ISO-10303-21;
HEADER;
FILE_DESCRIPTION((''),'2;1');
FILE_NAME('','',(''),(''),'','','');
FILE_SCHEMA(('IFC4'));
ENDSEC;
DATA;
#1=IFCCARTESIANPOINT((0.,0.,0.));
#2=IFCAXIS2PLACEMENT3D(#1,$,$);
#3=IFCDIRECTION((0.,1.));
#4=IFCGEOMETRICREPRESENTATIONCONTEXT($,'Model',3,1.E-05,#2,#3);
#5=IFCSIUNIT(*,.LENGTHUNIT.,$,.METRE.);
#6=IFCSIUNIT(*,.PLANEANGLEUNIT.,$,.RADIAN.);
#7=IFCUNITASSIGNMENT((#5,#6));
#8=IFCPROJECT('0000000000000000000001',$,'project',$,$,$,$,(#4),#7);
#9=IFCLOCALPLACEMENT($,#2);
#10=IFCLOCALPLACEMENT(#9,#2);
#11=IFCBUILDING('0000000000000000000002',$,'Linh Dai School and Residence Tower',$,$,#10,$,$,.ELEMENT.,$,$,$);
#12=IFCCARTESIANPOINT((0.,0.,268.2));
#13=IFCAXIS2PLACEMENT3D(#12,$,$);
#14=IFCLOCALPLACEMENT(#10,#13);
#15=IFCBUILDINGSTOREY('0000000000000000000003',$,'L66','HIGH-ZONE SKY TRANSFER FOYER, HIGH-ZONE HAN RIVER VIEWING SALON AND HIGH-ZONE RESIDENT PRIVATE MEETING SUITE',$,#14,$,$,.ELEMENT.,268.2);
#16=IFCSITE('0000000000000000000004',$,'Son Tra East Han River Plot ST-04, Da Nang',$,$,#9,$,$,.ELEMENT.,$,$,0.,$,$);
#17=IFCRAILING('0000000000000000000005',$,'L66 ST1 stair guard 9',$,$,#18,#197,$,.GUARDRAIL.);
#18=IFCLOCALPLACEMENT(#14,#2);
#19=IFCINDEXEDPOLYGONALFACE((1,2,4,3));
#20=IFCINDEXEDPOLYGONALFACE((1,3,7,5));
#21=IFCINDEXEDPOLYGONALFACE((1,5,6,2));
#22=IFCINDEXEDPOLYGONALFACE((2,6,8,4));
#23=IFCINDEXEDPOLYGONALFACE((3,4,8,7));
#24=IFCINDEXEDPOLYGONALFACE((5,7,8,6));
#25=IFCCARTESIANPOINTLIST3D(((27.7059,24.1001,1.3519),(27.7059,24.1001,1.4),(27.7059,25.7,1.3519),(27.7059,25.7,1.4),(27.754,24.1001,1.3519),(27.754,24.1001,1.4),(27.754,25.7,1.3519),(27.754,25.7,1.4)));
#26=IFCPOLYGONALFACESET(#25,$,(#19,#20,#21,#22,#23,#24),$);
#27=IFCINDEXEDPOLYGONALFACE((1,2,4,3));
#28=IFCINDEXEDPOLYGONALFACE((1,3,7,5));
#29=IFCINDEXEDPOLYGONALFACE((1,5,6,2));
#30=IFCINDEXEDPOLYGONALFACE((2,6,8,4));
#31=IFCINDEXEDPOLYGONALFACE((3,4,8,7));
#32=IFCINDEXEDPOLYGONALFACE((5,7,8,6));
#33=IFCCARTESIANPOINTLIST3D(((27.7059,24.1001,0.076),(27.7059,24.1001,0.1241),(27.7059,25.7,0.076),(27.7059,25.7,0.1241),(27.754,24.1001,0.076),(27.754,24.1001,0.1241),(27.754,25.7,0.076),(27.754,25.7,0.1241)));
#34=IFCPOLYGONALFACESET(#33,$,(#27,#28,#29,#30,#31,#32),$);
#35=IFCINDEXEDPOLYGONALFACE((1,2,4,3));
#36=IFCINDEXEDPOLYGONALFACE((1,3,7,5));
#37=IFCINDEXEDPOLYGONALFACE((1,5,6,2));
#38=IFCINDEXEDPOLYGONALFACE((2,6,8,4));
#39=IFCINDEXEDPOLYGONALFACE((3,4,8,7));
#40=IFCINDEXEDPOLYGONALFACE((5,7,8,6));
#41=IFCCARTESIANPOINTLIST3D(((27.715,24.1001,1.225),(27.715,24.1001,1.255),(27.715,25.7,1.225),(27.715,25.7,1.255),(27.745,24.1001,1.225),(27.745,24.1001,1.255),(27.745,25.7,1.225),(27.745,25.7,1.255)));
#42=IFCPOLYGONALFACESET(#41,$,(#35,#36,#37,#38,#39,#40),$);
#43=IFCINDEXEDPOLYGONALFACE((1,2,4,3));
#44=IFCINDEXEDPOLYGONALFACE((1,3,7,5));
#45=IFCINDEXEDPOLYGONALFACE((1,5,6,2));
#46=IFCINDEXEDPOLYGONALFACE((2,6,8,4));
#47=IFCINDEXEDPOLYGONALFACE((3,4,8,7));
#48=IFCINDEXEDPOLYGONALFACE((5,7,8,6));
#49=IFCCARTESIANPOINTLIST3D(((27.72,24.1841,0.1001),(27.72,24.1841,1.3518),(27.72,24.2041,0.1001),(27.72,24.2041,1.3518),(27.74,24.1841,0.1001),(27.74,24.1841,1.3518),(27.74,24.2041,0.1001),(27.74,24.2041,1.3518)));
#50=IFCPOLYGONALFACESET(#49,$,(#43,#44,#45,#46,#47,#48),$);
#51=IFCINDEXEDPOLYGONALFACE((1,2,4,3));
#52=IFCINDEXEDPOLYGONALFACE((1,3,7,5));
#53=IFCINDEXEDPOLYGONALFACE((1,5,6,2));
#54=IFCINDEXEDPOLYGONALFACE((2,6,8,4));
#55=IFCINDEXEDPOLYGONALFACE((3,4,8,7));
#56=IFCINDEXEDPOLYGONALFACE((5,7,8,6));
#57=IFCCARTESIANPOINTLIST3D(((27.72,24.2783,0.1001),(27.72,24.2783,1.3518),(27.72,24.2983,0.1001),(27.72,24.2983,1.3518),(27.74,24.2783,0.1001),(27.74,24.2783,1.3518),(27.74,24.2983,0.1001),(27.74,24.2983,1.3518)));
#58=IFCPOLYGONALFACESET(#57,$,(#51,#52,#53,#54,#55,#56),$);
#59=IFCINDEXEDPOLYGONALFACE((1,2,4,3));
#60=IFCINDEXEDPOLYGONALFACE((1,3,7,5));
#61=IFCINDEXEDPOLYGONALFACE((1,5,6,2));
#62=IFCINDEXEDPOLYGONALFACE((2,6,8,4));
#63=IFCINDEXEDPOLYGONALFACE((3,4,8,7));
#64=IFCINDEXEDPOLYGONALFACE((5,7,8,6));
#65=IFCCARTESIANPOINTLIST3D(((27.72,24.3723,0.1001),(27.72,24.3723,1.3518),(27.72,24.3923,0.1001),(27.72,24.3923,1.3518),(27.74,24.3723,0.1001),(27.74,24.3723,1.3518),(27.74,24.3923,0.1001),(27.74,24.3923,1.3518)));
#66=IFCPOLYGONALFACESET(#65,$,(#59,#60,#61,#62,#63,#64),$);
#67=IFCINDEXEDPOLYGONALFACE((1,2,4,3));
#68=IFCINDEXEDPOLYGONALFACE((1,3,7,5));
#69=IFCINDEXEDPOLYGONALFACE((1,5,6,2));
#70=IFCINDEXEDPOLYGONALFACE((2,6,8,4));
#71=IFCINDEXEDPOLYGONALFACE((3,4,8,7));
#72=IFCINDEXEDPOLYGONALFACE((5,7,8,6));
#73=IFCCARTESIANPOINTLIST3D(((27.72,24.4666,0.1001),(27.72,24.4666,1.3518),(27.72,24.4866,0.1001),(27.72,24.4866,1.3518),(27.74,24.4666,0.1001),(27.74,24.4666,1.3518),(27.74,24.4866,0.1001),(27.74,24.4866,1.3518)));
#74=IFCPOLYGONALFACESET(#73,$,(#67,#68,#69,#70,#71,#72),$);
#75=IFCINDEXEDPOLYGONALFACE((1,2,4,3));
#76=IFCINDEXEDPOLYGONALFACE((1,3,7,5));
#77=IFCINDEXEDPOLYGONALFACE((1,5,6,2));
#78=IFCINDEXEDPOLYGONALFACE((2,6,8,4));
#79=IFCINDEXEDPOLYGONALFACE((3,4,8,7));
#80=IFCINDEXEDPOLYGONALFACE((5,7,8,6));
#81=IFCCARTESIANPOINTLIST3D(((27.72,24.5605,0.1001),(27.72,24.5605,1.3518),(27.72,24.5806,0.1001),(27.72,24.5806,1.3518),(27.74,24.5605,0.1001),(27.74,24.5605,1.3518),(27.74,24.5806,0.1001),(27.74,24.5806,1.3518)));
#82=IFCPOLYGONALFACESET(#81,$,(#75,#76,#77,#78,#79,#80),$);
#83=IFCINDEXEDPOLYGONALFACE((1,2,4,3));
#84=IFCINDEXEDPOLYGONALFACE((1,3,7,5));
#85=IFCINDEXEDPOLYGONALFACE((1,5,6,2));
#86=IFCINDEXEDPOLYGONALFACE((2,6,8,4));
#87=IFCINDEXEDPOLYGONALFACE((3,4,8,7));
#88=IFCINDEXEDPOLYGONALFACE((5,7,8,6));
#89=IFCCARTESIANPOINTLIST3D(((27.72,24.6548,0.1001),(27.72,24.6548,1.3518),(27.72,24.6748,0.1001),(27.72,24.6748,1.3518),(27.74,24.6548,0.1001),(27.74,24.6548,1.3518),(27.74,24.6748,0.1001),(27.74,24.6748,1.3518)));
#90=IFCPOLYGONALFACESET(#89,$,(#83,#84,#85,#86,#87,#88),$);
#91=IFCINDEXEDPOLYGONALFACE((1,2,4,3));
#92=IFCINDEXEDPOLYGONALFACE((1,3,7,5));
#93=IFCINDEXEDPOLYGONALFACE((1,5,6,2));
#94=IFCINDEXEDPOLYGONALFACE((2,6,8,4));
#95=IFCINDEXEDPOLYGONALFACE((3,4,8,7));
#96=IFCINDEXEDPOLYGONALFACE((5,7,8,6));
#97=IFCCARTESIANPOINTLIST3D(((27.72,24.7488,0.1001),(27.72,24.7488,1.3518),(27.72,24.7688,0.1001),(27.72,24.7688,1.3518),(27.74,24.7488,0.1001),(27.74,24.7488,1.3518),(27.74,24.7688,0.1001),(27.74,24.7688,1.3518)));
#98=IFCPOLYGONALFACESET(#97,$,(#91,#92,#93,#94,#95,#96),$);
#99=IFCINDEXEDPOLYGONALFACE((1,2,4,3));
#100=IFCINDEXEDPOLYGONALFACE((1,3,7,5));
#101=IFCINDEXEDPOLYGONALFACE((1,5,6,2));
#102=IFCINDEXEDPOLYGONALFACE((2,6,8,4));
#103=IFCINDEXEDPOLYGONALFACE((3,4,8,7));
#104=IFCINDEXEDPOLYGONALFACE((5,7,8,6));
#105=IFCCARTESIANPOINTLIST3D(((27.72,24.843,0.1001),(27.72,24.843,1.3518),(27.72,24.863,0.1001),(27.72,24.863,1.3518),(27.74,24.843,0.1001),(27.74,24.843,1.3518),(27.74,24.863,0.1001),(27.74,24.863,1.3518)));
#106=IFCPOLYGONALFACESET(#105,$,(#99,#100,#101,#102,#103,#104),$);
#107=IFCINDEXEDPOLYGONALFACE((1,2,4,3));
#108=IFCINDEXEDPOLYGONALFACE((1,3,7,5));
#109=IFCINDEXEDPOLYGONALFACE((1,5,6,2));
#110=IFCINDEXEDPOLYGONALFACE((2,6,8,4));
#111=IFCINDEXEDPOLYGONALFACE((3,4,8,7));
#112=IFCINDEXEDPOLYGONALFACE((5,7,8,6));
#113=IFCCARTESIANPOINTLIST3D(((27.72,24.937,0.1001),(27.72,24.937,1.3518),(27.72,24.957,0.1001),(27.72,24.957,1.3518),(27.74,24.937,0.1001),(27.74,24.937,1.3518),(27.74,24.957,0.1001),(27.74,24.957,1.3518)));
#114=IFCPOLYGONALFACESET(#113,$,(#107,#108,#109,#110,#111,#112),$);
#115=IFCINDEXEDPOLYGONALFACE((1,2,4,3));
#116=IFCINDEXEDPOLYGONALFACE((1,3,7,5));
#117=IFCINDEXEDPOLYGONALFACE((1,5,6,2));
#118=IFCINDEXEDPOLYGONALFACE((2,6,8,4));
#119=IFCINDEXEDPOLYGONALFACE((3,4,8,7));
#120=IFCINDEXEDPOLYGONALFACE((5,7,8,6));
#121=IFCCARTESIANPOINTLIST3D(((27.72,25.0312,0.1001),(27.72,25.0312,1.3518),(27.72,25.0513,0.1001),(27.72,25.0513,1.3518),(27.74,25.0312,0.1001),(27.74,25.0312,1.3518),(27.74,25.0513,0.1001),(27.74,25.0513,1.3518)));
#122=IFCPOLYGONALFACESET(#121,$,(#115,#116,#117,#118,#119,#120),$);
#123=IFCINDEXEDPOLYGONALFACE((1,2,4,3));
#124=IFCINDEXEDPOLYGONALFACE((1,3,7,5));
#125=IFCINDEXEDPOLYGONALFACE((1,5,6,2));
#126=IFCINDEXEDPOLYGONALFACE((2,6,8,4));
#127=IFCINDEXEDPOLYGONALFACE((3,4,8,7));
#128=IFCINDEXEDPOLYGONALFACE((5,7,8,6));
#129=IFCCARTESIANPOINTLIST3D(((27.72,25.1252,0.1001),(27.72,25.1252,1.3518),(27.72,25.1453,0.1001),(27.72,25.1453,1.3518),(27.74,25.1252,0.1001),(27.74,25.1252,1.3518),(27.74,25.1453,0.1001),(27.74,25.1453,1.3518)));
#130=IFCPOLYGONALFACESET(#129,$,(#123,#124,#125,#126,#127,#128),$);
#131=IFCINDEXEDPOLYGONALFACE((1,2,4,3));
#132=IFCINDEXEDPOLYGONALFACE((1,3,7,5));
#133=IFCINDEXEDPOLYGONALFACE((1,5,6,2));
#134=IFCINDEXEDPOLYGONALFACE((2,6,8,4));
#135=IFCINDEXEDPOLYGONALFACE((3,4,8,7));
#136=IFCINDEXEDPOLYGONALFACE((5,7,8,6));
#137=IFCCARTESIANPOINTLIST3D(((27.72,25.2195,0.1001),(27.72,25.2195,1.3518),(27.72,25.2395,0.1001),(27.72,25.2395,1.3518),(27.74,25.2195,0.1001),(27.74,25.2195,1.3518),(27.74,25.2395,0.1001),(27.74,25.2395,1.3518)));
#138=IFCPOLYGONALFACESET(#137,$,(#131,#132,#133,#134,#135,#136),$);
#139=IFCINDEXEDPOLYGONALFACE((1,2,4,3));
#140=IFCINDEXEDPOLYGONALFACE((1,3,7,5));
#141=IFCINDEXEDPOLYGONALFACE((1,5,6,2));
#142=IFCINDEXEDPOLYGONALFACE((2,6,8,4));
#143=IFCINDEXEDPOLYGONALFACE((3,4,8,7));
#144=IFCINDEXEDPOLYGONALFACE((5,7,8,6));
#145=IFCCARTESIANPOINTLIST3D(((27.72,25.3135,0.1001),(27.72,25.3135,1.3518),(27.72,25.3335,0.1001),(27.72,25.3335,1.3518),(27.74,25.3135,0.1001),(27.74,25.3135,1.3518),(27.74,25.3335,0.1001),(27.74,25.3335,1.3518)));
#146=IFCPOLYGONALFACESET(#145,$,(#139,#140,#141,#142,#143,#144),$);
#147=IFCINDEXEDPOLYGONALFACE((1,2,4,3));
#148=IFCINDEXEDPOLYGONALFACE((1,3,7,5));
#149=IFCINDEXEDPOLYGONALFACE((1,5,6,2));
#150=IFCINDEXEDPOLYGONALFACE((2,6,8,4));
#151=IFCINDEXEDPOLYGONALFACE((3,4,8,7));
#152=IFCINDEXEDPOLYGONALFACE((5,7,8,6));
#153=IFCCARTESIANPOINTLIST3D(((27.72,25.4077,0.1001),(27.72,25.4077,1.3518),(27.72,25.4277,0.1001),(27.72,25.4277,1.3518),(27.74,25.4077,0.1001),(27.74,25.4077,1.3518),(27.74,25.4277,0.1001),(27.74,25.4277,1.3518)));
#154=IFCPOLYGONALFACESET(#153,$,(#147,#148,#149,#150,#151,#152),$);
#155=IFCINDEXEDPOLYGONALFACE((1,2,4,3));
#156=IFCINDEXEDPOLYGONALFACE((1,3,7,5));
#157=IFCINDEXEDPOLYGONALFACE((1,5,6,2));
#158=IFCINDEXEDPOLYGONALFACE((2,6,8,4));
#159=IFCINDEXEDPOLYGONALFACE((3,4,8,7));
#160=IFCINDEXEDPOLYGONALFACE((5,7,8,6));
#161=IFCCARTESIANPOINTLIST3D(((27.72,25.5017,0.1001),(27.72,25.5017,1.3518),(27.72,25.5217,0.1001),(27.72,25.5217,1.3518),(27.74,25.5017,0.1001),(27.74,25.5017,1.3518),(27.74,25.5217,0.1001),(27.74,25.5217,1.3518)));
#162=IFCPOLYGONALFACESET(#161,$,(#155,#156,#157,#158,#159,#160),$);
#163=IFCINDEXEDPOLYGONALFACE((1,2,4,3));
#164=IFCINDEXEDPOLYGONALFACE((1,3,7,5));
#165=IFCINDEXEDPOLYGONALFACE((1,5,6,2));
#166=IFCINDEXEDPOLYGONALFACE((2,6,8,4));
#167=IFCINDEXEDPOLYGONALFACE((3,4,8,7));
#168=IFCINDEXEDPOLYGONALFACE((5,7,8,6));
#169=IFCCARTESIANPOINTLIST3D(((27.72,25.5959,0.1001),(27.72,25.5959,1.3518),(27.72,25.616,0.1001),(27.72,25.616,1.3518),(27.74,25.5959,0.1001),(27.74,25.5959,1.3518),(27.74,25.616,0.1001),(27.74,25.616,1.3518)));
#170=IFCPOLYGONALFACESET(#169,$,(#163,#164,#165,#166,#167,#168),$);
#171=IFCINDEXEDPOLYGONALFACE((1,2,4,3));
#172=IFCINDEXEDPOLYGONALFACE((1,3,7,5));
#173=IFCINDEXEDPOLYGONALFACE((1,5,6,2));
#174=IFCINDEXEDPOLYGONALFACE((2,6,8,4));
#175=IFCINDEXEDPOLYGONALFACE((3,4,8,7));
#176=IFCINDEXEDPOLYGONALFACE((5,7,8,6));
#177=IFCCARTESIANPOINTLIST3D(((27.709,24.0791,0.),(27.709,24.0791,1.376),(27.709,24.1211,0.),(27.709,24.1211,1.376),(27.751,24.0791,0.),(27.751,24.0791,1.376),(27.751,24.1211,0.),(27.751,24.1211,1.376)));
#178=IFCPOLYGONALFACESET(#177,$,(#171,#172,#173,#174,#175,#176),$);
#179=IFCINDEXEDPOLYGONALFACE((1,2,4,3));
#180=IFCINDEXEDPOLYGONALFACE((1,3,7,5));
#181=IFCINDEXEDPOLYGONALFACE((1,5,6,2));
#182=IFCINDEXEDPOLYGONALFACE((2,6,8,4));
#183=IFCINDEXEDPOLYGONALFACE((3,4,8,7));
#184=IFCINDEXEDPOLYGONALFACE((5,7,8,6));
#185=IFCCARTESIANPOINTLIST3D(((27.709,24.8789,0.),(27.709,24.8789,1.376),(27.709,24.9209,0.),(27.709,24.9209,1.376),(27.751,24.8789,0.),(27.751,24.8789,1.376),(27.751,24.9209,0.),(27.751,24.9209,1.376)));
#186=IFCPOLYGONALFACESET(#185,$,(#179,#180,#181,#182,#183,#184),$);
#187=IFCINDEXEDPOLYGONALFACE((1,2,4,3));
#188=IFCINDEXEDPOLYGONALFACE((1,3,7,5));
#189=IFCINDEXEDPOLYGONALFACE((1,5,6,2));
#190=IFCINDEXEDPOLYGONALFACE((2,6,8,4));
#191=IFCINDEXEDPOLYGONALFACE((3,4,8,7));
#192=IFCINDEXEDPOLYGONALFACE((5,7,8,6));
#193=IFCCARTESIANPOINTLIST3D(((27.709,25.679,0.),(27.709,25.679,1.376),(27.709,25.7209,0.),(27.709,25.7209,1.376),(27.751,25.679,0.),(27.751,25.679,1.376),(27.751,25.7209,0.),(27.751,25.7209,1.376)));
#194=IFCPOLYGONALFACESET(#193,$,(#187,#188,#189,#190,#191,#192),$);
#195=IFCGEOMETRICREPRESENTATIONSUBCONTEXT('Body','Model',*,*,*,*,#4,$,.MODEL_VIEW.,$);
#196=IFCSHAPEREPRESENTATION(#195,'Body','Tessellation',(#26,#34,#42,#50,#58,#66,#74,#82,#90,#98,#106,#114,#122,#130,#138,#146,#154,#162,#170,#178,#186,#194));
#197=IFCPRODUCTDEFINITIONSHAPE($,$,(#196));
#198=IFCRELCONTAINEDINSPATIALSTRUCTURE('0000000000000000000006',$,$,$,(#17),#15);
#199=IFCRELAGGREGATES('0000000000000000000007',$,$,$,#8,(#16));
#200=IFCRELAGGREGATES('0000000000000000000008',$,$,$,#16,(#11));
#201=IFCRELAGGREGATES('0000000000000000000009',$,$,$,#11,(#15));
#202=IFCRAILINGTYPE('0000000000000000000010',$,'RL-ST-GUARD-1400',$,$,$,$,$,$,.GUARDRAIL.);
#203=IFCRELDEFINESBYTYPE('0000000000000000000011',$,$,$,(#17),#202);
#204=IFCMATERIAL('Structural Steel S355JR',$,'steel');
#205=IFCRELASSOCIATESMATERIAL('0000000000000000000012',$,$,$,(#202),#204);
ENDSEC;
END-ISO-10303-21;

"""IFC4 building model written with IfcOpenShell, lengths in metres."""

from ifc_helpers import new_model, si_unit, direction, frame, origin, origin_2d, place, context, subcontext, project, spatial, rectangle, extrude, source, transform, mapped, material, type_object, element, save


model = new_model("IFC4")

# Units and contexts
model_context = context("Model", 3, precision=1e-05, world=origin(), true_north=direction((0.0, 1.0)))
body_context = subcontext(model_context, "Body", "Model", "MODEL_VIEW")
ifc_project = project(units=[si_unit("LENGTHUNIT", "METRE"), si_unit("PLANEANGLEUNIT", "RADIAN")], contexts=[model_context])

# Site, building, storey
site_placement = place(None, origin())
site = spatial("IfcSite", under=ifc_project, at=site_placement, Name="Son Tra East Han River Plot ST-04, Da Nang", CompositionType="ELEMENT", RefElevation=0.0)
building_placement = place(site_placement, origin())
building = spatial("IfcBuilding", under=site, at=building_placement, Name="Linh Dai School and Residence Tower", CompositionType="ELEMENT")
storey_placement = place(building_placement, frame((0.0, 0.0, 268.2)))
storey = spatial("IfcBuildingStorey", under=building, at=storey_placement, Name="L66", Description="HIGH-ZONE SKY TRANSFER FOYER, HIGH-ZONE HAN RIVER VIEWING SALON AND HIGH-ZONE RESIDENT PRIVATE MEETING SUITE", CompositionType="ELEMENT", Elevation=268.2)

# Shared definitions
ifc_material_1 = material(Name="Structural Steel S355JR", Category="steel")

# Railing
railing_type = type_object("IfcRailingType", Name="RL-ST-GUARD-1400", PredefinedType="GUARDRAIL", material=ifc_material_1)
shared_shape_1 = source(origin(), body_context, "Body", "SweptSolid", [
    extrude(rectangle(XDim=0.0481, YDim=0.0481, at=origin_2d()), frame((0.0, 0.0, 1.376), z_axis=(0.0, 1.0, 0.0), x_axis=(-1.0, 0.0, 0.0)), (0.0, 0.0, 1.0), 1.5999),
    extrude(rectangle(XDim=0.0481, YDim=0.0481, at=origin_2d()), frame((0.0, 0.0, 0.1001), z_axis=(0.0, 1.0, 0.0), x_axis=(-1.0, 0.0, 0.0)), (0.0, 0.0, 1.0), 1.5999),
    extrude(rectangle(XDim=0.03, YDim=0.03, at=origin_2d()), frame((0.0, 0.0, 1.24), z_axis=(0.0, 1.0, 0.0), x_axis=(-1.0, 0.0, 0.0)), (0.0, 0.0, 1.0), 1.5999),
    extrude(rectangle(XDim=0.02, YDim=0.02, at=origin_2d()), frame((0.0, 0.094, 0.1001)), (0.0, 0.0, 1.0), 1.2517),
    extrude(rectangle(XDim=0.02, YDim=0.02, at=origin_2d()), frame((0.0, 0.1882, 0.1001)), (0.0, 0.0, 1.0), 1.2517),
    extrude(rectangle(XDim=0.02, YDim=0.02, at=origin_2d()), frame((0.0, 0.2822, 0.1001)), (0.0, 0.0, 1.0), 1.2517),
    extrude(rectangle(XDim=0.02, YDim=0.02, at=origin_2d()), frame((0.0, 0.3765, 0.1001)), (0.0, 0.0, 1.0), 1.2517),
    extrude(rectangle(XDim=0.02, YDim=0.02, at=origin_2d()), frame((0.0, 0.4705, 0.1001)), (0.0, 0.0, 1.0), 1.2517),
    extrude(rectangle(XDim=0.02, YDim=0.02, at=origin_2d()), frame((0.0, 0.5647, 0.1001)), (0.0, 0.0, 1.0), 1.2517),
    extrude(rectangle(XDim=0.02, YDim=0.02, at=origin_2d()), frame((0.0, 0.6587, 0.1001)), (0.0, 0.0, 1.0), 1.2517),
    extrude(rectangle(XDim=0.02, YDim=0.02, at=origin_2d()), frame((0.0, 0.7529, 0.1001)), (0.0, 0.0, 1.0), 1.2517),
    extrude(rectangle(XDim=0.02, YDim=0.02, at=origin_2d()), frame((0.0, 0.8469, 0.1001)), (0.0, 0.0, 1.0), 1.2517),
    extrude(rectangle(XDim=0.02, YDim=0.02, at=origin_2d()), frame((0.0, 0.9412, 0.1001)), (0.0, 0.0, 1.0), 1.2517),
    extrude(rectangle(XDim=0.02, YDim=0.02, at=origin_2d()), frame((0.0, 1.0352, 0.1001)), (0.0, 0.0, 1.0), 1.2517),
    extrude(rectangle(XDim=0.02, YDim=0.02, at=origin_2d()), frame((0.0, 1.1294, 0.1001)), (0.0, 0.0, 1.0), 1.2517),
    extrude(rectangle(XDim=0.02, YDim=0.02, at=origin_2d()), frame((0.0, 1.2234, 0.1001)), (0.0, 0.0, 1.0), 1.2517),
    extrude(rectangle(XDim=0.02, YDim=0.02, at=origin_2d()), frame((0.0, 1.3176, 0.1001)), (0.0, 0.0, 1.0), 1.2517),
    extrude(rectangle(XDim=0.02, YDim=0.02, at=origin_2d()), frame((0.0, 1.4116, 0.1001)), (0.0, 0.0, 1.0), 1.2517),
    extrude(rectangle(XDim=0.02, YDim=0.02, at=origin_2d()), frame((0.0, 1.5059, 0.1001)), (0.0, 0.0, 1.0), 1.2517),
    extrude(rectangle(XDim=0.042, YDim=0.042, at=origin_2d()), origin(), (0.0, 0.0, 1.0), 1.376),
    extrude(rectangle(XDim=0.042, YDim=0.042, at=origin_2d()), frame((0.0, 0.7998, 0.0)), (0.0, 0.0, 1.0), 1.376),
    extrude(rectangle(XDim=0.042, YDim=0.042, at=origin_2d()), frame((0.0, 1.5999, 0.0)), (0.0, 0.0, 1.0), 1.376),
])
for number, where, name in (
    (1, (27.73, 24.1001, 0.0), "L66 ST1 stair guard 9"),
):
    element("IfcRailing", number, at=place(storey_placement, frame(where)), inside=storey, type_object=railing_type, Name=name, PredefinedType="GUARDRAIL", context=body_context, shape_type="MappedRepresentation", body=[
        mapped(shared_shape_1, transform((0.0, 0.0, 0.0), x_axis=(1.0, 0.0, 0.0), y_axis=(0.0, 1.0, 0.0), z_axis=(0.0, 0.0, 1.0), scale=1.0)),
    ])

save(model, "model.ifc")
